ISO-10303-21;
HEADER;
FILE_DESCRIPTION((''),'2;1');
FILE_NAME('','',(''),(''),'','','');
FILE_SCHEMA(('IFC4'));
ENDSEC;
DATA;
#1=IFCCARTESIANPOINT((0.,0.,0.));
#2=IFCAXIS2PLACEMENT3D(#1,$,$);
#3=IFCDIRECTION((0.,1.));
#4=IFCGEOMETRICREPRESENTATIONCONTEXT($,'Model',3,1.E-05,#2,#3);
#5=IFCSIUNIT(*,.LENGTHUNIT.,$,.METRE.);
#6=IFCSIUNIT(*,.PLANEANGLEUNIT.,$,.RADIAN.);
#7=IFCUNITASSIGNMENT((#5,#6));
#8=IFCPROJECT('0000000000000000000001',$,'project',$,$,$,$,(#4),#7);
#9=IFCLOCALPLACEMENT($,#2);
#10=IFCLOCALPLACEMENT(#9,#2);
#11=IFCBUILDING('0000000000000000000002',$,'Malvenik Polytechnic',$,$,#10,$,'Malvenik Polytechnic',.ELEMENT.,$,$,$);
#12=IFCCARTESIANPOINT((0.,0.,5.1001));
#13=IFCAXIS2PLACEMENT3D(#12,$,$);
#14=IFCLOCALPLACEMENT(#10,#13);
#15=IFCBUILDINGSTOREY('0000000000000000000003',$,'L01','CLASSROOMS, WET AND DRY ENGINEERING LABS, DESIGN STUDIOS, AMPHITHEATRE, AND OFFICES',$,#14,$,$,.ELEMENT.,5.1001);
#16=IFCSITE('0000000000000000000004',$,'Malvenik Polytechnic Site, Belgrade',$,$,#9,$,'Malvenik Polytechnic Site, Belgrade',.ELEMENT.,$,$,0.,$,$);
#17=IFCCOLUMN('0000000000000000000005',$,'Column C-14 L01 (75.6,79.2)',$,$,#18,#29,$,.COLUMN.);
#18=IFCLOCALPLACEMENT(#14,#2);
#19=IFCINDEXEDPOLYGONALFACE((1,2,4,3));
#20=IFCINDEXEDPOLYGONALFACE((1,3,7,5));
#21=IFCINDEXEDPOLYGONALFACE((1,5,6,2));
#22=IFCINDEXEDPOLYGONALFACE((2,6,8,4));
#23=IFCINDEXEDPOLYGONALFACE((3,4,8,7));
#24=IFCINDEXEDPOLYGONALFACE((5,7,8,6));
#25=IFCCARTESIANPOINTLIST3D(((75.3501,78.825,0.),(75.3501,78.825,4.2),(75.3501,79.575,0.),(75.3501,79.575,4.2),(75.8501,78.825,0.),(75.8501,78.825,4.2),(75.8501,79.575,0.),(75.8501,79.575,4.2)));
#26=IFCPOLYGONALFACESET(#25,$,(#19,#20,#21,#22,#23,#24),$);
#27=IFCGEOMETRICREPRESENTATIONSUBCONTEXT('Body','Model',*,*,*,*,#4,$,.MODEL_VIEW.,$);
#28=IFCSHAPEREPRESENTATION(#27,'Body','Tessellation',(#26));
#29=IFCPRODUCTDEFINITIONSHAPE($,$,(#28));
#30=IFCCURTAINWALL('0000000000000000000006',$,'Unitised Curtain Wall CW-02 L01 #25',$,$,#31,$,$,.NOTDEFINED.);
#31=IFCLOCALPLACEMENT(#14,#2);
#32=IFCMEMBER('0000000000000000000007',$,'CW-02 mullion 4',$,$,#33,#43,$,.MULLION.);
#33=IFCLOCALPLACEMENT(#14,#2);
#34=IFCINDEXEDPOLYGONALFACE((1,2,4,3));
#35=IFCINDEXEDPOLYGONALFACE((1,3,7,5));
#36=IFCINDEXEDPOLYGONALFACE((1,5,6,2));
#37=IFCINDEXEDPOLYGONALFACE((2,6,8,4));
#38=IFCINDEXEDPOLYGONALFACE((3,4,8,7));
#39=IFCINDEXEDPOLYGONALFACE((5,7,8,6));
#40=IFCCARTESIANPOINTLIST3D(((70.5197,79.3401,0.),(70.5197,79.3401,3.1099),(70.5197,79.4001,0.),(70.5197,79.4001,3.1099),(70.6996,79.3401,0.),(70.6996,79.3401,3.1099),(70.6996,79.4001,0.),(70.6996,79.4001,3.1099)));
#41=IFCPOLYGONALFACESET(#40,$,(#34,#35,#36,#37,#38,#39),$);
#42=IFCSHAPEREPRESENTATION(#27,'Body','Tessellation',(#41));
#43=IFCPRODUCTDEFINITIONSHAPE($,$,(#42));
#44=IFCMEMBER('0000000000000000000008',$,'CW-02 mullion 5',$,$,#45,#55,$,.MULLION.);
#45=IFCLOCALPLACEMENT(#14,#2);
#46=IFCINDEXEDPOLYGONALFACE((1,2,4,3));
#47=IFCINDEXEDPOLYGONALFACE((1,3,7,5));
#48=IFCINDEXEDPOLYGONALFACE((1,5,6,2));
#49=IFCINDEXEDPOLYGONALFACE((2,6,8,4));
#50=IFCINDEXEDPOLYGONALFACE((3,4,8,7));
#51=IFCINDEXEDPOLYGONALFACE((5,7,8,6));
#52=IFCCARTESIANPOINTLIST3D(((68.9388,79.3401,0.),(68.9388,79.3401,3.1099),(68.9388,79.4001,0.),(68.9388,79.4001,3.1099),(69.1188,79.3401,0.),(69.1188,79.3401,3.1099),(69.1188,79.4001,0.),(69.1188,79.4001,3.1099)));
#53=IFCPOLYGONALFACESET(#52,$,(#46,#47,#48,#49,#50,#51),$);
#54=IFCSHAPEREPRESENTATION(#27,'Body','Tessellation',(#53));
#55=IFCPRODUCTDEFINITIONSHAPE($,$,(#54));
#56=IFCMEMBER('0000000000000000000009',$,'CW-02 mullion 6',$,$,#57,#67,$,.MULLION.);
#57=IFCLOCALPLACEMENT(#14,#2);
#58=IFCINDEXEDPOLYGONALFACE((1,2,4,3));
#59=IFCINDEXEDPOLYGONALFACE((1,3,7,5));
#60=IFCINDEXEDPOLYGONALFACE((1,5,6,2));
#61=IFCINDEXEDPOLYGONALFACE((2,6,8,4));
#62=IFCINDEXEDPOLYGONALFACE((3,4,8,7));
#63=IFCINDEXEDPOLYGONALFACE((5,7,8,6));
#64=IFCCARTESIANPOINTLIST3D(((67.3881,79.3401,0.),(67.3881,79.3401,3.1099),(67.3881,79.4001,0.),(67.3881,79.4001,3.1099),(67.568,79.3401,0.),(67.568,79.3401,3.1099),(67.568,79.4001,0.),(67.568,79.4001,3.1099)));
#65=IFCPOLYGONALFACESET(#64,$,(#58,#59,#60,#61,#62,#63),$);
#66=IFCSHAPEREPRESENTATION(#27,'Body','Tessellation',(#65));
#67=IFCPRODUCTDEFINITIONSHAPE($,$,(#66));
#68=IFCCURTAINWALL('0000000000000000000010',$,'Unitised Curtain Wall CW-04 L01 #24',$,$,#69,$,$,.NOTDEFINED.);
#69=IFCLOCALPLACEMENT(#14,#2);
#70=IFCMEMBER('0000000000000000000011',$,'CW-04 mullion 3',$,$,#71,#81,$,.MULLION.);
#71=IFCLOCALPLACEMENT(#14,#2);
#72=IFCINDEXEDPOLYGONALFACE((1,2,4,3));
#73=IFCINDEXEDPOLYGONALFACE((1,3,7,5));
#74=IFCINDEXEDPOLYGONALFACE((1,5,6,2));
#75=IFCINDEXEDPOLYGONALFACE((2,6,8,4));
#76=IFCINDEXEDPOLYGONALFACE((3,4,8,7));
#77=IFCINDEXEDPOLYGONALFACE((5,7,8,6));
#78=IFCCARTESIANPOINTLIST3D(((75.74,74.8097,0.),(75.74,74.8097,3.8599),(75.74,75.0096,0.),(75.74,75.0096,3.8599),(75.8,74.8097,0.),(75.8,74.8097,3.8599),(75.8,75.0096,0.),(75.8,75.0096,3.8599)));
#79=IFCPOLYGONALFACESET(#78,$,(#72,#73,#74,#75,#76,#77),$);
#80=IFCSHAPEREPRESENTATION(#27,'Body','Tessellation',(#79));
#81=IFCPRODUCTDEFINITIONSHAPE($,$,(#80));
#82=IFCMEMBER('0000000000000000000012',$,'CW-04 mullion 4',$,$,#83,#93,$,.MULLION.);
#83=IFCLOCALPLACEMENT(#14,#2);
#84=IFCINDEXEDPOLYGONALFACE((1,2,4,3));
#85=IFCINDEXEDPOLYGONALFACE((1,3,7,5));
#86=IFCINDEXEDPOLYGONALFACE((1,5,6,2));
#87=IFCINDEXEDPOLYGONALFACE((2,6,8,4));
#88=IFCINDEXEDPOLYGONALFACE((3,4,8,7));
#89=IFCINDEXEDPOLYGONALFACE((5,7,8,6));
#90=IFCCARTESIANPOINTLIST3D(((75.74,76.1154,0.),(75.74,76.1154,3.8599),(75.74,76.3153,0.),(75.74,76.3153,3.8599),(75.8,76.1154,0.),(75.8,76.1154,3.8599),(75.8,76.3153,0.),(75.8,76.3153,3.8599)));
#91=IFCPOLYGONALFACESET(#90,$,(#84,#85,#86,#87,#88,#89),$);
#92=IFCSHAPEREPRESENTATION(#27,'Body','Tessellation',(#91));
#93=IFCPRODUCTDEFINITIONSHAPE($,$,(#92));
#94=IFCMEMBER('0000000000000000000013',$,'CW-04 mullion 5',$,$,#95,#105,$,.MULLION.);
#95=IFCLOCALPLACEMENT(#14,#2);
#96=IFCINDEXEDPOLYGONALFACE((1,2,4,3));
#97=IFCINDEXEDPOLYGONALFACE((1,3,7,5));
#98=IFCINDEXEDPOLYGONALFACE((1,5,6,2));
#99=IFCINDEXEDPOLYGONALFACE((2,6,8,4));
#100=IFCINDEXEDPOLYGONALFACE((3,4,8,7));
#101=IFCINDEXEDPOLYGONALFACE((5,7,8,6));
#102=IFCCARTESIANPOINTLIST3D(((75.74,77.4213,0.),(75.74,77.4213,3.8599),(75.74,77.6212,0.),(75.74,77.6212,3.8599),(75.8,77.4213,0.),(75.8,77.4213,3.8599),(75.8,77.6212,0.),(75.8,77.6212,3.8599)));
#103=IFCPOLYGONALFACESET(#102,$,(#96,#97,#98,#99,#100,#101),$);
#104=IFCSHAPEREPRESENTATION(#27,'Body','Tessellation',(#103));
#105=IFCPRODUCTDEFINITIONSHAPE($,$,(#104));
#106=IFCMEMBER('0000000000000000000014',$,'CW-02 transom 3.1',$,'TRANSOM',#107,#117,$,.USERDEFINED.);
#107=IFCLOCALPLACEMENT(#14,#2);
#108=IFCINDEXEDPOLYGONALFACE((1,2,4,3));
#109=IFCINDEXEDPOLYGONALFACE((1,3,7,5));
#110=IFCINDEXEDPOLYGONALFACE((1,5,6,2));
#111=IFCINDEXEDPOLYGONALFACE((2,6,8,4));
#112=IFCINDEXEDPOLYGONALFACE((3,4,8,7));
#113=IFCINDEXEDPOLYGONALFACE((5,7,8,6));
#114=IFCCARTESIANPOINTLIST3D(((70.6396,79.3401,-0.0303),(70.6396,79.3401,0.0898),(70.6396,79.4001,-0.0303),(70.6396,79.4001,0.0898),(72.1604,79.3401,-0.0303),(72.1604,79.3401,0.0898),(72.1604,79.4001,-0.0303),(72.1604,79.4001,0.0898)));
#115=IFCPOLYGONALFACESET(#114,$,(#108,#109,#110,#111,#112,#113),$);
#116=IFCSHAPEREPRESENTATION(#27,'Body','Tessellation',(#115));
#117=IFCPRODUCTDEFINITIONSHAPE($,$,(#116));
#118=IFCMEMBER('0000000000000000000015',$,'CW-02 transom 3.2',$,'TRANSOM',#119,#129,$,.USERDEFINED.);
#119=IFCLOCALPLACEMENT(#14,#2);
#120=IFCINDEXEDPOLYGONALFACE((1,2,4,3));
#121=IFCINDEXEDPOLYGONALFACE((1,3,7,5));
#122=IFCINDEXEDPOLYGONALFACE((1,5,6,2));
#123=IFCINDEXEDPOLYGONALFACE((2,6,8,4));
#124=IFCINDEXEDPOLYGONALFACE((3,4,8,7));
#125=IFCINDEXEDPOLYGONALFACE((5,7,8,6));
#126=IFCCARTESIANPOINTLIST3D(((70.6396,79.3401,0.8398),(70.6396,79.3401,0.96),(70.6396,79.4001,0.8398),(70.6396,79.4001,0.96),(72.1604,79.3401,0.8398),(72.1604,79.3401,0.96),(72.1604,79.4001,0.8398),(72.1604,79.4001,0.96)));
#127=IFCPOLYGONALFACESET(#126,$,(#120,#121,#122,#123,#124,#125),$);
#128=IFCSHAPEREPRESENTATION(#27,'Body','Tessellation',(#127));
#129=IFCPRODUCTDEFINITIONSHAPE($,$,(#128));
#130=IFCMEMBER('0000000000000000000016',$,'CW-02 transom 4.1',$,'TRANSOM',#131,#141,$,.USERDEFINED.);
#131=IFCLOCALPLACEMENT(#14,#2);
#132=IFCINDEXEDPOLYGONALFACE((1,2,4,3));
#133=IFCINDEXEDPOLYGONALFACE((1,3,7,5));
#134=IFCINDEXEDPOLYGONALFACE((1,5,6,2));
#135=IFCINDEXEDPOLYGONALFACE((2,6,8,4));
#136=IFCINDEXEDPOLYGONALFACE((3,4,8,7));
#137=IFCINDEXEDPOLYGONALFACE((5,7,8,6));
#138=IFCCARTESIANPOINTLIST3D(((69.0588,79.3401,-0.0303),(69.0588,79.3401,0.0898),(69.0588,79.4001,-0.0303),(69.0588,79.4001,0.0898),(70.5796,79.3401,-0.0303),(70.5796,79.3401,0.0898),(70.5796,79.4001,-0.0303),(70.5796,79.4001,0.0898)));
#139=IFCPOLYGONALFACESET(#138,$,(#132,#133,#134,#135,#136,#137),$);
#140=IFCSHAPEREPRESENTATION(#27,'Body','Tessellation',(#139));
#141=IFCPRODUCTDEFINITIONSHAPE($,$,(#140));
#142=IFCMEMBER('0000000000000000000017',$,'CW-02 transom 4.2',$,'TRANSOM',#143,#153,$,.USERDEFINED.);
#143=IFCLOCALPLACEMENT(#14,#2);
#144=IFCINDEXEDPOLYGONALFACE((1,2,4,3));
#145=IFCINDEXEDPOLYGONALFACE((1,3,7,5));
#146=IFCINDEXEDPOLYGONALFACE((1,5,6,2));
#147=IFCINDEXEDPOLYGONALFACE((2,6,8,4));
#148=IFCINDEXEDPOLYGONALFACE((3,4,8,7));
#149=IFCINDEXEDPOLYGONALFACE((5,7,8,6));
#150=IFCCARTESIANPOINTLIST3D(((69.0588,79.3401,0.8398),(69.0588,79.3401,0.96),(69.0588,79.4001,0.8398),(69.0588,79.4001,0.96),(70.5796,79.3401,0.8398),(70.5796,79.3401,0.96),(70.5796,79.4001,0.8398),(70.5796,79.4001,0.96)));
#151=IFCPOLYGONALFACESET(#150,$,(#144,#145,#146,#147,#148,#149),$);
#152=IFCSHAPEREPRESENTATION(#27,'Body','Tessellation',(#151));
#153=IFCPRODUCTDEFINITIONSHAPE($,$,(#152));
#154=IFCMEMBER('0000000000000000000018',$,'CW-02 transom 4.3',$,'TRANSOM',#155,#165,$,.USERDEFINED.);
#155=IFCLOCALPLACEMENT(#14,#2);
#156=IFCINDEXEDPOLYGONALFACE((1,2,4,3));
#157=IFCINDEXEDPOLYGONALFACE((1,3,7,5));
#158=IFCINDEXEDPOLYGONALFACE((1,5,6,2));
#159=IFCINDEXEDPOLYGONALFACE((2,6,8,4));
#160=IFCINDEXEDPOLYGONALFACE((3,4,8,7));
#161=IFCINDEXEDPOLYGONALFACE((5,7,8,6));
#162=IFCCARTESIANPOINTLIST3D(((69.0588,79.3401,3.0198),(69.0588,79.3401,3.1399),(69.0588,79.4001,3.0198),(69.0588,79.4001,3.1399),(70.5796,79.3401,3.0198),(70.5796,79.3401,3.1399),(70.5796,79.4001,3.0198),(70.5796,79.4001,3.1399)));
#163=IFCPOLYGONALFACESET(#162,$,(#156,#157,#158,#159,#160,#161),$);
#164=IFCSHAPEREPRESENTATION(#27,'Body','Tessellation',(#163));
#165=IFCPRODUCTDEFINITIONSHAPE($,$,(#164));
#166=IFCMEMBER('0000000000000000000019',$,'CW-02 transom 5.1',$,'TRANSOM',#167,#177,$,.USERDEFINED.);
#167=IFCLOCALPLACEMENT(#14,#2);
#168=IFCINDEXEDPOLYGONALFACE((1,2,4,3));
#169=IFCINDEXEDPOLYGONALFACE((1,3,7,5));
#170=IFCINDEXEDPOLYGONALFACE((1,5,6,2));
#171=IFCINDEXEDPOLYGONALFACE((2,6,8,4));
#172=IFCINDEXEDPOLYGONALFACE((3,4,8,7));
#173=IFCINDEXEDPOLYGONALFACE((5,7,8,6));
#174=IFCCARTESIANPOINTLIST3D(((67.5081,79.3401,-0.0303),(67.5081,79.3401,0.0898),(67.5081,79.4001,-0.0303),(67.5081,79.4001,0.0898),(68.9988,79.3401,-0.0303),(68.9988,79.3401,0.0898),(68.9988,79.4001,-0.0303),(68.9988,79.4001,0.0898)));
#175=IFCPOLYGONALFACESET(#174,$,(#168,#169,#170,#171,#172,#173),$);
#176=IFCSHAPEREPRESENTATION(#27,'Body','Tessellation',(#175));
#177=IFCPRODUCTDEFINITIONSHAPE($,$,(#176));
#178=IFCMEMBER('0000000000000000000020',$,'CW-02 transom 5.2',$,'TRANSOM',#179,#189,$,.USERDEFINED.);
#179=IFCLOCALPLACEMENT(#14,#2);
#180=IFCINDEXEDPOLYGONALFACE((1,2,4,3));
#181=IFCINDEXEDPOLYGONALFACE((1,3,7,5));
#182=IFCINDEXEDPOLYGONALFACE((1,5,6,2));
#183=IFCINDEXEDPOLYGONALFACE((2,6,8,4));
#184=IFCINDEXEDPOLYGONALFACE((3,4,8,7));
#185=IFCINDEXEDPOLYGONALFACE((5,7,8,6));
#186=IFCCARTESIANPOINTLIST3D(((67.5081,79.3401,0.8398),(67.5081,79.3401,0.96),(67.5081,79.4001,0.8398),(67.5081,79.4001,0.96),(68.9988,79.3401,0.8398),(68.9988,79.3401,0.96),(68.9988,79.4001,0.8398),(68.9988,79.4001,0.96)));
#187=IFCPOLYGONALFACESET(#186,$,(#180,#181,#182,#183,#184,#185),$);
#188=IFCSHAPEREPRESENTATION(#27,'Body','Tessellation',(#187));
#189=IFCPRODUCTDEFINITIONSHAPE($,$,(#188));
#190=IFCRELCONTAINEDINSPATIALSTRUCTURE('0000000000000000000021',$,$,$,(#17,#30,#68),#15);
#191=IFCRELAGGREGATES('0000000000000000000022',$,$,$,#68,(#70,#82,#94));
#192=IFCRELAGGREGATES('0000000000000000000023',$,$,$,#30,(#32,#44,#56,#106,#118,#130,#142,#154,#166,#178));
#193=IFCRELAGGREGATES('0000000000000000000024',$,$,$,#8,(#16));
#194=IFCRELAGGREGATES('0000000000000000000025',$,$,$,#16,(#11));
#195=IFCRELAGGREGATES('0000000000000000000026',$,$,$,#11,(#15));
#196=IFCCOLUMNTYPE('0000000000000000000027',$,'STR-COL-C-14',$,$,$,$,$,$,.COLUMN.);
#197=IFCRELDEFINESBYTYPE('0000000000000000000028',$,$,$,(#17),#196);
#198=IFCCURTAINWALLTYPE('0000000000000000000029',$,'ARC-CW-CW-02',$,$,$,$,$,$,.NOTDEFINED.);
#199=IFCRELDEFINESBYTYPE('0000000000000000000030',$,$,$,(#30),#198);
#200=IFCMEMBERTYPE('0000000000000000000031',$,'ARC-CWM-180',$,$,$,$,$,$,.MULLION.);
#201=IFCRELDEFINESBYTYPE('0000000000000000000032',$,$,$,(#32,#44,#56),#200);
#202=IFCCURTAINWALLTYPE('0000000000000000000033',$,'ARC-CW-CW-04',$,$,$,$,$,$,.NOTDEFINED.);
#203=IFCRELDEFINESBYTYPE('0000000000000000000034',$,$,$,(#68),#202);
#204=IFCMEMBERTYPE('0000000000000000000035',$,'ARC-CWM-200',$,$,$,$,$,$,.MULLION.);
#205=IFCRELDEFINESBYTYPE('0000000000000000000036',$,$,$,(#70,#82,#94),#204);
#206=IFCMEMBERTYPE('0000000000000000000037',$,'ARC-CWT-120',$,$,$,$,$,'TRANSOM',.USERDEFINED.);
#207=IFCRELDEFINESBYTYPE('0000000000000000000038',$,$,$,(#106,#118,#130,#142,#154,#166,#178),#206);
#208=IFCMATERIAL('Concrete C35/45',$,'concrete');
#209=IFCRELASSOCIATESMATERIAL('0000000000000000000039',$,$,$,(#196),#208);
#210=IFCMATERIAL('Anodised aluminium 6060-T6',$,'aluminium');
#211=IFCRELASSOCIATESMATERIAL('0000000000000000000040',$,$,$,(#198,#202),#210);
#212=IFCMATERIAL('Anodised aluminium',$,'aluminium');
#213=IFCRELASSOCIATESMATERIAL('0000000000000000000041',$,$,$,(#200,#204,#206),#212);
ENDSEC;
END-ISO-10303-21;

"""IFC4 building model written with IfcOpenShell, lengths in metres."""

from ifc_helpers import new_model, si_unit, direction, frame, origin, origin_2d, place, context, subcontext, project, spatial, rectangle, extrude, material, material_profile, profile_set, type_object, element, aggregate, save


model = new_model("IFC4")

# Units and contexts
model_context = context("Model", 3, precision=1e-05, world=origin(), true_north=direction((0.0, 1.0)))
body_context = subcontext(model_context, "Body", "Model", "MODEL_VIEW")
ifc_project = project(units=[si_unit("LENGTHUNIT", "METRE"), si_unit("PLANEANGLEUNIT", "RADIAN")], contexts=[model_context])

# Site, building, storey
site_placement = place(None, origin())
site = spatial("IfcSite", under=ifc_project, at=site_placement, Name="Malvenik Polytechnic Site, Belgrade", LongName="Malvenik Polytechnic Site, Belgrade", CompositionType="ELEMENT", RefElevation=0.0)
building_placement = place(site_placement, origin())
building = spatial("IfcBuilding", under=site, at=building_placement, Name="Malvenik Polytechnic", LongName="Malvenik Polytechnic", CompositionType="ELEMENT")
storey_placement = place(building_placement, frame((0.0, 0.0, 5.1001)))
storey = spatial("IfcBuildingStorey", under=building, at=storey_placement, Name="L01", Description="CLASSROOMS, WET AND DRY ENGINEERING LABS, DESIGN STUDIOS, AMPHITHEATRE, AND OFFICES", CompositionType="ELEMENT", Elevation=5.1001)

# Column
ifc_material_1 = material(Name="Concrete C35/45", Category="concrete")
ifc_material_profile_1 = material_profile(ifc_material_1, rectangle(XDim=0.5, YDim=0.75, at=origin_2d()), Name="RC COL 750x500")
ifc_profile_set_1 = profile_set([ifc_material_profile_1], Name="Concrete C35/45")
column_type = type_object("IfcColumnType", Name="STR-COL-C-14", PredefinedType="COLUMN", material=ifc_profile_set_1)
column_placement = place(storey_placement, frame((75.6001, 79.2, 0.0), z_axis=(0.0, 0.0, 1.0), x_axis=(1.0, 0.0, 0.0)))
element("IfcColumn", 1, at=column_placement, inside=storey, type_object=column_type, Name="Column C-14 L01 (75.6,79.2)", PredefinedType="COLUMN", context=body_context, shape_type="SweptSolid", body=[
    extrude(rectangle(XDim=0.5, YDim=0.75, at=origin_2d()), origin(), (0.0, 0.0, 1.0), 4.2),
])

# Curtain walls, members
ifc_material_2 = material(Name="Anodised aluminium 6060-T6", Category="aluminium")
curtain_wall_type_1 = type_object("IfcCurtainWallType", Name="ARC-CW-CW-02", PredefinedType="NOTDEFINED", material=ifc_material_2)
curtain_wall_1_placement = place(storey_placement, origin())
curtain_wall_1 = element("IfcCurtainWall", 2, at=curtain_wall_1_placement, inside=storey, type_object=curtain_wall_type_1, Name="Unitised Curtain Wall CW-02 L01 #25", PredefinedType="NOTDEFINED")
ifc_material_3 = material(Name="Anodised aluminium", Category="aluminium")
ifc_material_profile_2 = material_profile(ifc_material_3, rectangle(XDim=0.0601, YDim=0.1799, at=origin_2d()), Name="ALU MULLION 60x180")
ifc_profile_set_2 = profile_set([ifc_material_profile_2], Name="Anodised aluminium")
member_type_1 = type_object("IfcMemberType", Name="ARC-CWM-180", PredefinedType="MULLION", material=ifc_profile_set_2)
member_1_placement = place(storey_placement, frame((70.6096, 79.3701, 0.0), z_axis=(0.0, 0.0, 1.0), x_axis=(0.0, -1.0, 0.0)))
member_1 = element("IfcMember", 3, at=member_1_placement, type_object=member_type_1, Name="CW-02 mullion 4", PredefinedType="MULLION", context=body_context, shape_type="SweptSolid", body=[
    extrude(rectangle(XDim=0.0601, YDim=0.1799, at=origin_2d()), origin(), (0.0, 0.0, 1.0), 3.1099),
])
member_2_placement = place(storey_placement, frame((69.0288, 79.3701, 0.0), z_axis=(0.0, 0.0, 1.0), x_axis=(0.0, -1.0, 0.0)))
member_2 = element("IfcMember", 4, at=member_2_placement, type_object=member_type_1, Name="CW-02 mullion 5", PredefinedType="MULLION", context=body_context, shape_type="SweptSolid", body=[
    extrude(rectangle(XDim=0.0601, YDim=0.1799, at=origin_2d()), origin(), (0.0, 0.0, 1.0), 3.1099),
])
member_3_placement = place(storey_placement, frame((67.478, 79.3701, 0.0), z_axis=(0.0, 0.0, 1.0), x_axis=(0.0, -1.0, 0.0)))
member_3 = element("IfcMember", 5, at=member_3_placement, type_object=member_type_1, Name="CW-02 mullion 6", PredefinedType="MULLION", context=body_context, shape_type="SweptSolid", body=[
    extrude(rectangle(XDim=0.0601, YDim=0.1799, at=origin_2d()), origin(), (0.0, 0.0, 1.0), 3.1099),
])
curtain_wall_type_2 = type_object("IfcCurtainWallType", Name="ARC-CW-CW-04", PredefinedType="NOTDEFINED", material=ifc_material_2)
curtain_wall_2_placement = place(storey_placement, origin())
curtain_wall_2 = element("IfcCurtainWall", 6, at=curtain_wall_2_placement, inside=storey, type_object=curtain_wall_type_2, Name="Unitised Curtain Wall CW-04 L01 #24", PredefinedType="NOTDEFINED")
ifc_material_profile_3 = material_profile(ifc_material_3, rectangle(XDim=0.0601, YDim=0.2, at=origin_2d()), Name="ALU MULLION 60x200")
ifc_profile_set_3 = profile_set([ifc_material_profile_3], Name="Anodised aluminium")
member_type_2 = type_object("IfcMemberType", Name="ARC-CWM-200", PredefinedType="MULLION", material=ifc_profile_set_3)
member_4_placement = place(storey_placement, frame((75.77, 74.9097, 0.0), z_axis=(0.0, 0.0, 1.0), x_axis=(-1.0, 0.0, 0.0)))
member_4 = element("IfcMember", 7, at=member_4_placement, type_object=member_type_2, Name="CW-04 mullion 3", PredefinedType="MULLION", context=body_context, shape_type="SweptSolid", body=[
    extrude(rectangle(XDim=0.0601, YDim=0.2, at=origin_2d()), origin(), (0.0, 0.0, 1.0), 3.8599),
])
member_5_placement = place(storey_placement, frame((75.77, 76.2153, 0.0), z_axis=(0.0, 0.0, 1.0), x_axis=(-1.0, 0.0, 0.0)))
member_5 = element("IfcMember", 8, at=member_5_placement, type_object=member_type_2, Name="CW-04 mullion 4", PredefinedType="MULLION", context=body_context, shape_type="SweptSolid", body=[
    extrude(rectangle(XDim=0.0601, YDim=0.2, at=origin_2d()), origin(), (0.0, 0.0, 1.0), 3.8599),
])
member_6_placement = place(storey_placement, frame((75.77, 77.5212, 0.0), z_axis=(0.0, 0.0, 1.0), x_axis=(-1.0, 0.0, 0.0)))
member_6 = element("IfcMember", 9, at=member_6_placement, type_object=member_type_2, Name="CW-04 mullion 5", PredefinedType="MULLION", context=body_context, shape_type="SweptSolid", body=[
    extrude(rectangle(XDim=0.0601, YDim=0.2, at=origin_2d()), origin(), (0.0, 0.0, 1.0), 3.8599),
])

# Members
ifc_material_profile_4 = material_profile(ifc_material_3, rectangle(XDim=0.0601, YDim=0.1201, at=origin_2d()), Name="ALU TRANSOM 60x120")
ifc_profile_set_4 = profile_set([ifc_material_profile_4], Name="Anodised aluminium")
member_type_3 = type_object("IfcMemberType", Name="ARC-CWT-120", ElementType="TRANSOM", PredefinedType="USERDEFINED", material=ifc_profile_set_4)
member_7_placement = place(storey_placement, frame((72.1604, 79.3701, 0.0298), z_axis=(-1.0, 0.0, 0.0), x_axis=(0.0, -1.0, 0.0)))
member_7 = element("IfcMember", 10, at=member_7_placement, type_object=member_type_3, Name="CW-02 transom 3.1", ObjectType="TRANSOM", PredefinedType="USERDEFINED", context=body_context, shape_type="SweptSolid", body=[
    extrude(rectangle(XDim=0.0601, YDim=0.1201, at=origin_2d()), origin(), (0.0, 0.0, 1.0), 1.5208),
])
member_8_placement = place(storey_placement, frame((72.1604, 79.3701, 0.8999), z_axis=(-1.0, 0.0, 0.0), x_axis=(0.0, -1.0, 0.0)))
member_8 = element("IfcMember", 11, at=member_8_placement, type_object=member_type_3, Name="CW-02 transom 3.2", ObjectType="TRANSOM", PredefinedType="USERDEFINED", context=body_context, shape_type="SweptSolid", body=[
    extrude(rectangle(XDim=0.0601, YDim=0.1201, at=origin_2d()), origin(), (0.0, 0.0, 1.0), 1.5208),
])
member_9_placement = place(storey_placement, frame((70.5796, 79.3701, 0.0298), z_axis=(-1.0, 0.0, 0.0), x_axis=(0.0, -1.0, 0.0)))
member_9 = element("IfcMember", 12, at=member_9_placement, type_object=member_type_3, Name="CW-02 transom 4.1", ObjectType="TRANSOM", PredefinedType="USERDEFINED", context=body_context, shape_type="SweptSolid", body=[
    extrude(rectangle(XDim=0.0601, YDim=0.1201, at=origin_2d()), origin(), (0.0, 0.0, 1.0), 1.5208),
])
member_10_placement = place(storey_placement, frame((70.5796, 79.3701, 0.8999), z_axis=(-1.0, 0.0, 0.0), x_axis=(0.0, -1.0, 0.0)))
member_10 = element("IfcMember", 13, at=member_10_placement, type_object=member_type_3, Name="CW-02 transom 4.2", ObjectType="TRANSOM", PredefinedType="USERDEFINED", context=body_context, shape_type="SweptSolid", body=[
    extrude(rectangle(XDim=0.0601, YDim=0.1201, at=origin_2d()), origin(), (0.0, 0.0, 1.0), 1.5208),
])
member_11_placement = place(storey_placement, frame((70.5796, 79.3701, 3.0798), z_axis=(-1.0, 0.0, 0.0), x_axis=(0.0, -1.0, 0.0)))
member_11 = element("IfcMember", 14, at=member_11_placement, type_object=member_type_3, Name="CW-02 transom 4.3", ObjectType="TRANSOM", PredefinedType="USERDEFINED", context=body_context, shape_type="SweptSolid", body=[
    extrude(rectangle(XDim=0.0601, YDim=0.1201, at=origin_2d()), origin(), (0.0, 0.0, 1.0), 1.5208),
])
member_12_placement = place(storey_placement, frame((68.9988, 79.3701, 0.0298), z_axis=(-1.0, 0.0, 0.0), x_axis=(0.0, -1.0, 0.0)))
member_12 = element("IfcMember", 15, at=member_12_placement, type_object=member_type_3, Name="CW-02 transom 5.1", ObjectType="TRANSOM", PredefinedType="USERDEFINED", context=body_context, shape_type="SweptSolid", body=[
    extrude(rectangle(XDim=0.0601, YDim=0.1201, at=origin_2d()), origin(), (0.0, 0.0, 1.0), 1.4907),
])
member_13_placement = place(storey_placement, frame((68.9988, 79.3701, 0.8999), z_axis=(-1.0, 0.0, 0.0), x_axis=(0.0, -1.0, 0.0)))
member_13 = element("IfcMember", 16, at=member_13_placement, type_object=member_type_3, Name="CW-02 transom 5.2", ObjectType="TRANSOM", PredefinedType="USERDEFINED", context=body_context, shape_type="SweptSolid", body=[
    extrude(rectangle(XDim=0.0601, YDim=0.1201, at=origin_2d()), origin(), (0.0, 0.0, 1.0), 1.4907),
])

aggregate(curtain_wall_2, [member_4, member_5, member_6])
aggregate(curtain_wall_1, [member_1, member_2, member_3, member_7, member_8, member_9, member_10, member_11, member_12, member_13])

save(model, "model.ifc")
